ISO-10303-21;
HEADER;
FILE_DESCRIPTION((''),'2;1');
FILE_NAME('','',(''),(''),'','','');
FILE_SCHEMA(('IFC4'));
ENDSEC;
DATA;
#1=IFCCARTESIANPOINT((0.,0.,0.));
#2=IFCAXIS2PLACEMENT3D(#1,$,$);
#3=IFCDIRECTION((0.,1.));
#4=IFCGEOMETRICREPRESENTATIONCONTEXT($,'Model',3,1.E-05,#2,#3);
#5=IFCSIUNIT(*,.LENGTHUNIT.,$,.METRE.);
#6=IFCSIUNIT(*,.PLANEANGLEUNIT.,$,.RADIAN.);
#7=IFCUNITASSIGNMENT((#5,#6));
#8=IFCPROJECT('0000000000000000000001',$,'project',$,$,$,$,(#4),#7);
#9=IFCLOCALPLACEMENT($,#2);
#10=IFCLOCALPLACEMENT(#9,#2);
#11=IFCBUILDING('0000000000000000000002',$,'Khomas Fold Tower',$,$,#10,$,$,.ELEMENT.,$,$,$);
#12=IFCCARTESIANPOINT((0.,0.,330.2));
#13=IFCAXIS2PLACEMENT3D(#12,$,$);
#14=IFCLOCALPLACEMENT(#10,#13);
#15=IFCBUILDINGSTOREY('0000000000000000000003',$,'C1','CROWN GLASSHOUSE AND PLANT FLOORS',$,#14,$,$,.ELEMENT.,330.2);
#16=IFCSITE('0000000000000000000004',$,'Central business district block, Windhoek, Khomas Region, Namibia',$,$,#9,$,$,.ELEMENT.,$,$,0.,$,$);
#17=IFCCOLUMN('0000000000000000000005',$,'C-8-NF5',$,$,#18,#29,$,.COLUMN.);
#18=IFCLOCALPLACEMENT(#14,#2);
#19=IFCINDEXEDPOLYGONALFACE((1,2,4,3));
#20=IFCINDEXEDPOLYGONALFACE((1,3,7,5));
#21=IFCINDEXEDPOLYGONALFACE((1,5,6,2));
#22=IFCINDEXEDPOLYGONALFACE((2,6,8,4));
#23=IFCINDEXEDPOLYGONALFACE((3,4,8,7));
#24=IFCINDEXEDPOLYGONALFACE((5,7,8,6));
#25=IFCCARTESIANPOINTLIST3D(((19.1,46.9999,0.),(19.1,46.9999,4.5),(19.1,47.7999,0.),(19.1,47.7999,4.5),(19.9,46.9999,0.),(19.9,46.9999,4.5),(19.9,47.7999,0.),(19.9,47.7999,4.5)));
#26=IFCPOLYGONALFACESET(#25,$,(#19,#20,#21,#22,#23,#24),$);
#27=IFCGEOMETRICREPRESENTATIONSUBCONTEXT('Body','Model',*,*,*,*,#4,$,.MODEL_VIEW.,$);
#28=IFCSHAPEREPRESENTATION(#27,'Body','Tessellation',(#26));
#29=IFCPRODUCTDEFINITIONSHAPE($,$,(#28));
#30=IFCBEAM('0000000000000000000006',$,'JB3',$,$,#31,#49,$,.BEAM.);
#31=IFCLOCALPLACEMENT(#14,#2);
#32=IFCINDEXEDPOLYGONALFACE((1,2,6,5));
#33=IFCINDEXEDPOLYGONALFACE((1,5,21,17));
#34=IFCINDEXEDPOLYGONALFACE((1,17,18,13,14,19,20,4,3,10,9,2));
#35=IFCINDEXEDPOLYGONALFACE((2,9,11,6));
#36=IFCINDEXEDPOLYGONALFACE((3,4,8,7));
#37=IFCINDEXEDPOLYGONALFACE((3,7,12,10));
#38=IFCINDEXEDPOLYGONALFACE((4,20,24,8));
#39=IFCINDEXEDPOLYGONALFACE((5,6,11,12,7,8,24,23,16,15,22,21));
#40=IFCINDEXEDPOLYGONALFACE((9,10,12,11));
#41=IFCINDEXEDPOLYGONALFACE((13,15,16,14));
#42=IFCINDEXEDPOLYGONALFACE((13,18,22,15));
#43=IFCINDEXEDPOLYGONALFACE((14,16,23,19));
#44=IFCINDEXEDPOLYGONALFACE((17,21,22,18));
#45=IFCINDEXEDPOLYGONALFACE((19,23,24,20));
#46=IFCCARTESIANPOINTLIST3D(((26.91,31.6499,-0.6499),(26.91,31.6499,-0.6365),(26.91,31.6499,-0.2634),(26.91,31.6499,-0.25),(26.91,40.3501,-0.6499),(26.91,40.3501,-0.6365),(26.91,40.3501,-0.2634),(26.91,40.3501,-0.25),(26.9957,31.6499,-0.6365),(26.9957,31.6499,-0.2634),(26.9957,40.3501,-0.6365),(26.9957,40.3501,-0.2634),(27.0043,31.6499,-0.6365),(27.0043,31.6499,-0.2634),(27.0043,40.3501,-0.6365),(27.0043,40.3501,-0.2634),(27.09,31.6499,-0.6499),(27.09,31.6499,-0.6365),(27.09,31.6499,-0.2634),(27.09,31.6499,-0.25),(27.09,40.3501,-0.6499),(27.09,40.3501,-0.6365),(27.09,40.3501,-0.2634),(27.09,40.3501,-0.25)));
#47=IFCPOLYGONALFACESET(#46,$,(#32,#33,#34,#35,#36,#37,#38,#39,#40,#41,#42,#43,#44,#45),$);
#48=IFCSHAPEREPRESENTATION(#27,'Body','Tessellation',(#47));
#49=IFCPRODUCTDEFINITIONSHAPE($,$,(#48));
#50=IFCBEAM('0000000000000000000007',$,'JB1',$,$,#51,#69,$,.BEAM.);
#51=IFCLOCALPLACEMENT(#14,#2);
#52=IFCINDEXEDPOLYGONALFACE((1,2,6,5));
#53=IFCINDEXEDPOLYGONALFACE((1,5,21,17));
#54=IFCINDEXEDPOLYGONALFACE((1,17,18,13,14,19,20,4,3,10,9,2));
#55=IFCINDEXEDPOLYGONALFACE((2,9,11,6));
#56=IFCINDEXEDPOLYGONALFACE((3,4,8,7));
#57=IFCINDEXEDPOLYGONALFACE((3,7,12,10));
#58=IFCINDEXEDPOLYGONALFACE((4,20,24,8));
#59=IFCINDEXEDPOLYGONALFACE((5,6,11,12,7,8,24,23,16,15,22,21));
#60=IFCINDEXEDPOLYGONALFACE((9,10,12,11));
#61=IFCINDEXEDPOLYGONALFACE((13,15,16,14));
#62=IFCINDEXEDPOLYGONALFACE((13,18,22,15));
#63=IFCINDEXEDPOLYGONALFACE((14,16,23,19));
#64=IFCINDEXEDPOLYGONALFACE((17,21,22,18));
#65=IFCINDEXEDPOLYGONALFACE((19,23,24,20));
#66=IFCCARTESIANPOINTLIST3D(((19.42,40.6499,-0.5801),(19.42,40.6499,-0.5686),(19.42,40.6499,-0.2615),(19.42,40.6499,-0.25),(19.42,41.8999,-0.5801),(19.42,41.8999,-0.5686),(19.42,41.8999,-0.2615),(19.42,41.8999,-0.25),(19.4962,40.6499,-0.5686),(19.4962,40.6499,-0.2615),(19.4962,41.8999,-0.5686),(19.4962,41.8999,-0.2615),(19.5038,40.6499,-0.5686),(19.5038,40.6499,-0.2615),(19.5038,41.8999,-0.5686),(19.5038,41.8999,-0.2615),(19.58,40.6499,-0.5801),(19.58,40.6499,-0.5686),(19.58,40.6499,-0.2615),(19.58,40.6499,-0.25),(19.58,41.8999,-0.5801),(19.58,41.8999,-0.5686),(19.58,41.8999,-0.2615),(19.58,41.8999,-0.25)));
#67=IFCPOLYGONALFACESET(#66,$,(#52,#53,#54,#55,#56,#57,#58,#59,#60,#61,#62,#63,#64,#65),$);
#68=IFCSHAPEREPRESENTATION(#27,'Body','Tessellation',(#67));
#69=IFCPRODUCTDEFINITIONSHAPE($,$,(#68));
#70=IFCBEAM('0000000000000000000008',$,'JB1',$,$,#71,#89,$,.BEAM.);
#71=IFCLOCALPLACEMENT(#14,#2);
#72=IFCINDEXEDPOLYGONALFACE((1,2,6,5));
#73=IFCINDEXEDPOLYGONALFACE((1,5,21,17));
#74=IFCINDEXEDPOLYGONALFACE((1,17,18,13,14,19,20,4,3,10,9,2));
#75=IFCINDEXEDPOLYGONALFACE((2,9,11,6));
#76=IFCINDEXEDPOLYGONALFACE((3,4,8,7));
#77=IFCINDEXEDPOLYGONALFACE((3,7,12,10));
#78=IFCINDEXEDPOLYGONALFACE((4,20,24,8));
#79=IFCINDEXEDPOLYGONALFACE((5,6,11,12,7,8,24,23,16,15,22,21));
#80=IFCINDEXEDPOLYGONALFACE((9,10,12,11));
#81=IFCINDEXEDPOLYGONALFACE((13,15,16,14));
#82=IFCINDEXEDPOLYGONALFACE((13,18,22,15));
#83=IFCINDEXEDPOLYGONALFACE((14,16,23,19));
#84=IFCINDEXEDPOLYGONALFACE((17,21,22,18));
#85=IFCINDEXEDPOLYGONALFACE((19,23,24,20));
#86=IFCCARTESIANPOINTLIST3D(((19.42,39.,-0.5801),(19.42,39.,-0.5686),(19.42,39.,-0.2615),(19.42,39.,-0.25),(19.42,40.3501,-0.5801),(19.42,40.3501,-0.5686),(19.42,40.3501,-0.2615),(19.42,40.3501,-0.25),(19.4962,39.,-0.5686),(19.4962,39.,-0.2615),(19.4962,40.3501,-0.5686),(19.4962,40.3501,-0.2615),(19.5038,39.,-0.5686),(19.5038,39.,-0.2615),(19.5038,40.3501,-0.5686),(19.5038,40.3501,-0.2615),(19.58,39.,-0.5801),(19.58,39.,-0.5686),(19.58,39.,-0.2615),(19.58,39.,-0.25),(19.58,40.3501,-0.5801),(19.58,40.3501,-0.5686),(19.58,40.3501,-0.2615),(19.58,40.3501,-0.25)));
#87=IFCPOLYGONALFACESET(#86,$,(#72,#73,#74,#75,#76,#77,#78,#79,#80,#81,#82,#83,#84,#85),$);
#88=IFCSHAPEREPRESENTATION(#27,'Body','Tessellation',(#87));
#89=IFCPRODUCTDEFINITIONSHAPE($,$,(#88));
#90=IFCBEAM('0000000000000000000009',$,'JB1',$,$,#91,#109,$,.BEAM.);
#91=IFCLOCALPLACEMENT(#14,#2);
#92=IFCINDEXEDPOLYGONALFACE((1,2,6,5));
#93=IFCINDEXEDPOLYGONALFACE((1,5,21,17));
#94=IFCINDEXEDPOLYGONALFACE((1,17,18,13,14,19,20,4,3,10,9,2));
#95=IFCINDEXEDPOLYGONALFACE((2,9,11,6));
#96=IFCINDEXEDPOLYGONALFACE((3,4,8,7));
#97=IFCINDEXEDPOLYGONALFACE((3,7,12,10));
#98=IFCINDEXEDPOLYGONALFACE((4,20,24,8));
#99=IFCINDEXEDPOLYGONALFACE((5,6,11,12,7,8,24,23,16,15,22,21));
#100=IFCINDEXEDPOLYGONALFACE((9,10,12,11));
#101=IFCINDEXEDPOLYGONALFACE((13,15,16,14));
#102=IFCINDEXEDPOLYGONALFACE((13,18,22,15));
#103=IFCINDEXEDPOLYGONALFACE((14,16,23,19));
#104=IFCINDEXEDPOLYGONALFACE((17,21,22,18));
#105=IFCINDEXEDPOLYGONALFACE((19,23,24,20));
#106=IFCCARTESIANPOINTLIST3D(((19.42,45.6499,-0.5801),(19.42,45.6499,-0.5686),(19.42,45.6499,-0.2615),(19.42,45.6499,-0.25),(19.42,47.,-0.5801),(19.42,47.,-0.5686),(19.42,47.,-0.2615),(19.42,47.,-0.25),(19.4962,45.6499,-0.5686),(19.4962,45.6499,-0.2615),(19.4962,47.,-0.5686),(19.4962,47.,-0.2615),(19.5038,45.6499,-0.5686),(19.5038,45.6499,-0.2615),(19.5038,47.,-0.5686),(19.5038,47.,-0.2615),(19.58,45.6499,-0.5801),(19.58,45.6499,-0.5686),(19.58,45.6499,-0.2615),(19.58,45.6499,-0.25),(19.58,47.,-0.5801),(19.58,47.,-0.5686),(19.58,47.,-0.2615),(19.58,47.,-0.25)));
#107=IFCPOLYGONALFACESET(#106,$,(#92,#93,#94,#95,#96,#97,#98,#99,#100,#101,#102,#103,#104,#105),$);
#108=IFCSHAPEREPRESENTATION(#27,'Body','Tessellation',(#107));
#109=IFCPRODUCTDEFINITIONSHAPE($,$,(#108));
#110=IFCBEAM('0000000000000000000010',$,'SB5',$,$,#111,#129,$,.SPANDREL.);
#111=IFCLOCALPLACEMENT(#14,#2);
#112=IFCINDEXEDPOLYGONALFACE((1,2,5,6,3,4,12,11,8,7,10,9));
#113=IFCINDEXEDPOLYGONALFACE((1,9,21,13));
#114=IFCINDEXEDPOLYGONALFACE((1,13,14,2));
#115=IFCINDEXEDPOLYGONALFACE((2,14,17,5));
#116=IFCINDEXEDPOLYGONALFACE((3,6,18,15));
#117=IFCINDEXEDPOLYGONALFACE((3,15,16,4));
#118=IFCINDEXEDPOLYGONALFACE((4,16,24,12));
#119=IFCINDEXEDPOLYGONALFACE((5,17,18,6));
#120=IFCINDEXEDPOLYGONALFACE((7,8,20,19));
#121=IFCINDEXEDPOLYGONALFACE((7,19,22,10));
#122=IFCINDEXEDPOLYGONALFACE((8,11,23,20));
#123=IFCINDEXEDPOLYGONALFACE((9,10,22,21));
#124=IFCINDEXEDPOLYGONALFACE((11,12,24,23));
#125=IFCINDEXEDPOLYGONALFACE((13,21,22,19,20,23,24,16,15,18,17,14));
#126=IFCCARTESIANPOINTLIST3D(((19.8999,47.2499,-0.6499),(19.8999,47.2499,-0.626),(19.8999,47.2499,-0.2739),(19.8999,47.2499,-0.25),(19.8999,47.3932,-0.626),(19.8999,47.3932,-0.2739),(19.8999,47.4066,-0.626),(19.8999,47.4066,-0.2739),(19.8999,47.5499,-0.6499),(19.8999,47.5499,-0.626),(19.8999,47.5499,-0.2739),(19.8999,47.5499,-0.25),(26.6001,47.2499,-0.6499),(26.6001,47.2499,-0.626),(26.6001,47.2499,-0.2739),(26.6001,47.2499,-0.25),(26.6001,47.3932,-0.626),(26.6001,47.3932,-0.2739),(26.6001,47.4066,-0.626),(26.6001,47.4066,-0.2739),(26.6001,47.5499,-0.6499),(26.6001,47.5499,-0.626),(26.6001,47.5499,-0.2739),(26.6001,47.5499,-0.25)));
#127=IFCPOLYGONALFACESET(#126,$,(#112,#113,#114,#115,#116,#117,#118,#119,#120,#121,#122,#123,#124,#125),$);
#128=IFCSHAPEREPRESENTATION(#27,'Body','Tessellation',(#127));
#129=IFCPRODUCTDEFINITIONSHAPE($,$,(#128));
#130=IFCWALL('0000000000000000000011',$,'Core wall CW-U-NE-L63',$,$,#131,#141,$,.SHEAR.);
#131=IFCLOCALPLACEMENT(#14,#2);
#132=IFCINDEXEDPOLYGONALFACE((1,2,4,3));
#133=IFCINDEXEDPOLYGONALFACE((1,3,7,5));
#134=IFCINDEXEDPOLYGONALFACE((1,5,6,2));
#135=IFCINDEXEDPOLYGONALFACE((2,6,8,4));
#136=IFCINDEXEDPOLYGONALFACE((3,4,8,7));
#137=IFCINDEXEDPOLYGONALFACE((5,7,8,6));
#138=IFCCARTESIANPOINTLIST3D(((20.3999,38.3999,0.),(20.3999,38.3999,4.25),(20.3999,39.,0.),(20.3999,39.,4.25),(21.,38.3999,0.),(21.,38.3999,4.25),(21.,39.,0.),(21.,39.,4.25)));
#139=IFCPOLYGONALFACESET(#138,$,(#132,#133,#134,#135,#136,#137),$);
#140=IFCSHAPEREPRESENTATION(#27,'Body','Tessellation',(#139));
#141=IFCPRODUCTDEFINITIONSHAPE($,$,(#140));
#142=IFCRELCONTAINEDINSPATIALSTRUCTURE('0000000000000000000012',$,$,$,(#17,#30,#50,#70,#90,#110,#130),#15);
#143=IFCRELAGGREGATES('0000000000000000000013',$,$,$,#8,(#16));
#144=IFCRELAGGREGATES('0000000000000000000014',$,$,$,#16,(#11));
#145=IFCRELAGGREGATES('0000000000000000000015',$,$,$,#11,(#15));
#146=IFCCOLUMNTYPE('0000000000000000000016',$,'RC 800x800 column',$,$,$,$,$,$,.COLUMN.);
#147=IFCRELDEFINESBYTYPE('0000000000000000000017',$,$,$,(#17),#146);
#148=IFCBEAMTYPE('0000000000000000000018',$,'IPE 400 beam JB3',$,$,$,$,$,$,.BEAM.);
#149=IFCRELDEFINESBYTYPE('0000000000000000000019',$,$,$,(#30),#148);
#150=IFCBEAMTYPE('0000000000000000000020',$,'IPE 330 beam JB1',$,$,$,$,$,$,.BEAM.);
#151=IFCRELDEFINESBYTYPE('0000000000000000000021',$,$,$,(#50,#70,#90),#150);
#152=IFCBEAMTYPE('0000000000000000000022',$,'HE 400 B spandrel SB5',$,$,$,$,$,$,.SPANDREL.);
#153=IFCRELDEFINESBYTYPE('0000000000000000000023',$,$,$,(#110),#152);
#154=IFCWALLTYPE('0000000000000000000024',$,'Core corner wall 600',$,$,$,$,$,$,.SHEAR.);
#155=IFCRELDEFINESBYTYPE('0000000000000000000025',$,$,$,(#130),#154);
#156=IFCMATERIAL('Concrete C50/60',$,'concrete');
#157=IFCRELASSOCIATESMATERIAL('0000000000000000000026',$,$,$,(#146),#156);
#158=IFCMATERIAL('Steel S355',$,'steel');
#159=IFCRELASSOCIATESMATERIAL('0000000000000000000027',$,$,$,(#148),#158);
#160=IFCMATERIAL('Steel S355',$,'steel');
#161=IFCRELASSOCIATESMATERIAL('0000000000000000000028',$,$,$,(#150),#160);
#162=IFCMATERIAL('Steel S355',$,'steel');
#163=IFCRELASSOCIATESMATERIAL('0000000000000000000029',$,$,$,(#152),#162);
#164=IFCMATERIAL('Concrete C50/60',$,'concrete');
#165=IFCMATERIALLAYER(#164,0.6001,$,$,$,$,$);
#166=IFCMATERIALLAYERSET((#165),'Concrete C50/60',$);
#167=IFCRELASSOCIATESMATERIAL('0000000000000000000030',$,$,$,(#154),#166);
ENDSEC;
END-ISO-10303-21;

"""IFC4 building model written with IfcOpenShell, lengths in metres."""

from ifc_helpers import new_model, si_unit, direction, frame, frame_2d, origin, origin_2d, place, context, subcontext, project, spatial, rectangle, i_section, extrude, source, transform, mapped, material, layer, layer_set, material_profile, profile_set, type_object, element, save


model = new_model("IFC4")

# Units and contexts
model_context = context("Model", 3, precision=1e-05, world=origin(), true_north=direction((0.0, 1.0)))
body_context = subcontext(model_context, "Body", "Model", "MODEL_VIEW")
ifc_project = project(units=[si_unit("LENGTHUNIT", "METRE"), si_unit("PLANEANGLEUNIT", "RADIAN")], contexts=[model_context])

# Site, building, storey
site_placement = place(None, origin())
site = spatial("IfcSite", under=ifc_project, at=site_placement, Name="Central business district block, Windhoek, Khomas Region, Namibia", CompositionType="ELEMENT", RefElevation=0.0)
building_placement = place(site_placement, origin())
building = spatial("IfcBuilding", under=site, at=building_placement, Name="Khomas Fold Tower", CompositionType="ELEMENT")
storey_placement = place(building_placement, frame((0.0, 0.0, 330.2)))
storey = spatial("IfcBuildingStorey", under=building, at=storey_placement, Name="C1", Description="CROWN GLASSHOUSE AND PLANT FLOORS", CompositionType="ELEMENT", Elevation=330.2)

# Column
ifc_material_1 = material(Name="Concrete C50/60", Category="concrete")
ifc_material_profile_1 = material_profile(ifc_material_1, rectangle(XDim=0.8, YDim=0.8, at=origin_2d()), Name="RC 800x800")
ifc_profile_set_1 = profile_set([ifc_material_profile_1], Name="Concrete C50/60")
column_type = type_object("IfcColumnType", Name="RC 800x800 column", PredefinedType="COLUMN", material=ifc_profile_set_1)
shared_shape_1 = source(origin(), body_context, "Body", "SweptSolid", [
    extrude(rectangle(XDim=0.8, YDim=0.8, at=origin_2d()), origin(), (0.0, 0.0, 1.0), 4.5),
])
column_placement = place(storey_placement, frame((19.5, 47.3999, 0.0), z_axis=(0.0, 0.0, 1.0), x_axis=(1.0, 0.0, 0.0)))
element("IfcColumn", 1, at=column_placement, inside=storey, type_object=column_type, Name="C-8-NF5", PredefinedType="COLUMN", context=body_context, shape_type="MappedRepresentation", body=[
    mapped(shared_shape_1, transform((0.0, 0.0, 0.0))),
])

# Beams
ifc_material_2 = material(Name="Steel S355", Category="steel")
ifc_material_profile_2 = material_profile(ifc_material_2, i_section(OverallWidth=0.1799, OverallDepth=0.3999, WebThickness=0.0085, FlangeThickness=0.0134, at=origin_2d()), Name="IPE 400")
ifc_profile_set_2 = profile_set([ifc_material_profile_2], Name="Steel S355")
beam_type_1 = type_object("IfcBeamType", Name="IPE 400 beam JB3", PredefinedType="BEAM", material=ifc_profile_set_2)
shared_shape_2 = source(origin(), body_context, "Body", "SweptSolid", [
    extrude(i_section(OverallWidth=0.1799, OverallDepth=0.3999, WebThickness=0.0085, FlangeThickness=0.0134, at=origin_2d()), origin(), (0.0, 0.0, 1.0), 8.7002),
])
beam_1_placement = place(storey_placement, frame((27.0, 31.6499, -0.45), z_axis=(0.0, 1.0, 0.0), x_axis=(-1.0, 0.0, 0.0)))
element("IfcBeam", 2, at=beam_1_placement, inside=storey, type_object=beam_type_1, Name="JB3", PredefinedType="BEAM", context=body_context, shape_type="MappedRepresentation", body=[
    mapped(shared_shape_2, transform((0.0, 0.0, 0.0))),
])
ifc_material_3 = material(Name="Steel S355", Category="steel")
ifc_material_profile_3 = material_profile(ifc_material_3, i_section(OverallWidth=0.1599, OverallDepth=0.3301, WebThickness=0.0076, FlangeThickness=0.0115, at=origin_2d()), Name="IPE 330")
ifc_profile_set_3 = profile_set([ifc_material_profile_3], Name="Steel S355")
beam_type_2 = type_object("IfcBeamType", Name="IPE 330 beam JB1", PredefinedType="BEAM", material=ifc_profile_set_3)
shared_shape_3 = source(origin(), body_context, "Body", "SweptSolid", [
    extrude(i_section(OverallWidth=0.1599, OverallDepth=0.3301, WebThickness=0.0076, FlangeThickness=0.0115, at=origin_2d()), origin(), (0.0, 0.0, 1.0), 1.25),
])
beam_2_placement = place(storey_placement, frame((19.5, 40.6499, -0.415), z_axis=(0.0, 1.0, 0.0), x_axis=(-1.0, 0.0, 0.0)))
element("IfcBeam", 3, at=beam_2_placement, inside=storey, type_object=beam_type_2, Name="JB1", PredefinedType="BEAM", context=body_context, shape_type="MappedRepresentation", body=[
    mapped(shared_shape_3, transform((0.0, 0.0, 0.0))),
])
shared_shape_4 = source(origin(), body_context, "Body", "SweptSolid", [
    extrude(i_section(OverallWidth=0.1599, OverallDepth=0.3301, WebThickness=0.0076, FlangeThickness=0.0115, at=origin_2d()), origin(), (0.0, 0.0, 1.0), 1.3501),
])
for number, where, z_axis, x_axis, name in (
    (4, (19.5, 39.0, -0.415), (0.0, 1.0, 0.0), (-1.0, 0.0, 0.0), "JB1"),
    (5, (19.5, 45.6499, -0.415), (0.0, 1.0, 0.0), (-1.0, 0.0, 0.0), "JB1"),
):
    element("IfcBeam", number, at=place(storey_placement, frame(where, z_axis=z_axis, x_axis=x_axis)), inside=storey, type_object=beam_type_2, Name=name, PredefinedType="BEAM", context=body_context, shape_type="MappedRepresentation", body=[
        mapped(shared_shape_4, transform((0.0, 0.0, 0.0))),
    ])
ifc_material_4 = material(Name="Steel S355", Category="steel")
ifc_material_profile_4 = material_profile(ifc_material_4, i_section(OverallWidth=0.3, OverallDepth=0.3999, WebThickness=0.0134, FlangeThickness=0.0239, at=origin_2d()), Name="HE 400 B")
ifc_profile_set_4 = profile_set([ifc_material_profile_4], Name="Steel S355")
beam_type_3 = type_object("IfcBeamType", Name="HE 400 B spandrel SB5", PredefinedType="SPANDREL", material=ifc_profile_set_4)
shared_shape_5 = source(origin(), body_context, "Body", "SweptSolid", [
    extrude(i_section(OverallWidth=0.3, OverallDepth=0.3999, WebThickness=0.0134, FlangeThickness=0.0239, at=origin_2d()), origin(), (0.0, 0.0, 1.0), 6.7002),
])
beam_3_placement = place(storey_placement, frame((19.8999, 47.3999, -0.45), z_axis=(1.0, 0.0, 0.0), x_axis=(0.0, 1.0, 0.0)))
element("IfcBeam", 6, at=beam_3_placement, inside=storey, type_object=beam_type_3, Name="SB5", PredefinedType="SPANDREL", context=body_context, shape_type="MappedRepresentation", body=[
    mapped(shared_shape_5, transform((0.0, 0.0, 0.0))),
])

# Wall
ifc_material_5 = material(Name="Concrete C50/60", Category="concrete")
ifc_layer_1 = layer(ifc_material_5, 0.6001)
ifc_layer_set_1 = layer_set([ifc_layer_1], Name="Concrete C50/60")
wall_type_1 = type_object("IfcWallType", Name="Core corner wall 600", PredefinedType="SHEAR", material=ifc_layer_set_1)
shared_shape_6 = source(origin(), body_context, "Body", "SweptSolid", [
    extrude(rectangle(XDim=0.6001, YDim=0.6001, at=frame_2d((0.3, 0.0))), origin(), (0.0, 0.0, 1.0), 4.25),
])
wall_1_placement = place(storey_placement, frame((20.3999, 38.7, 0.0), z_axis=(0.0, 0.0, 1.0), x_axis=(1.0, 0.0, 0.0)))
element("IfcWall", 7, at=wall_1_placement, inside=storey, type_object=wall_type_1, Name="Core wall CW-U-NE-L63", PredefinedType="SHEAR", context=body_context, shape_type="MappedRepresentation", body=[
    mapped(shared_shape_6, transform((0.0, 0.0, 0.0))),
])

save(model, "model.ifc")
